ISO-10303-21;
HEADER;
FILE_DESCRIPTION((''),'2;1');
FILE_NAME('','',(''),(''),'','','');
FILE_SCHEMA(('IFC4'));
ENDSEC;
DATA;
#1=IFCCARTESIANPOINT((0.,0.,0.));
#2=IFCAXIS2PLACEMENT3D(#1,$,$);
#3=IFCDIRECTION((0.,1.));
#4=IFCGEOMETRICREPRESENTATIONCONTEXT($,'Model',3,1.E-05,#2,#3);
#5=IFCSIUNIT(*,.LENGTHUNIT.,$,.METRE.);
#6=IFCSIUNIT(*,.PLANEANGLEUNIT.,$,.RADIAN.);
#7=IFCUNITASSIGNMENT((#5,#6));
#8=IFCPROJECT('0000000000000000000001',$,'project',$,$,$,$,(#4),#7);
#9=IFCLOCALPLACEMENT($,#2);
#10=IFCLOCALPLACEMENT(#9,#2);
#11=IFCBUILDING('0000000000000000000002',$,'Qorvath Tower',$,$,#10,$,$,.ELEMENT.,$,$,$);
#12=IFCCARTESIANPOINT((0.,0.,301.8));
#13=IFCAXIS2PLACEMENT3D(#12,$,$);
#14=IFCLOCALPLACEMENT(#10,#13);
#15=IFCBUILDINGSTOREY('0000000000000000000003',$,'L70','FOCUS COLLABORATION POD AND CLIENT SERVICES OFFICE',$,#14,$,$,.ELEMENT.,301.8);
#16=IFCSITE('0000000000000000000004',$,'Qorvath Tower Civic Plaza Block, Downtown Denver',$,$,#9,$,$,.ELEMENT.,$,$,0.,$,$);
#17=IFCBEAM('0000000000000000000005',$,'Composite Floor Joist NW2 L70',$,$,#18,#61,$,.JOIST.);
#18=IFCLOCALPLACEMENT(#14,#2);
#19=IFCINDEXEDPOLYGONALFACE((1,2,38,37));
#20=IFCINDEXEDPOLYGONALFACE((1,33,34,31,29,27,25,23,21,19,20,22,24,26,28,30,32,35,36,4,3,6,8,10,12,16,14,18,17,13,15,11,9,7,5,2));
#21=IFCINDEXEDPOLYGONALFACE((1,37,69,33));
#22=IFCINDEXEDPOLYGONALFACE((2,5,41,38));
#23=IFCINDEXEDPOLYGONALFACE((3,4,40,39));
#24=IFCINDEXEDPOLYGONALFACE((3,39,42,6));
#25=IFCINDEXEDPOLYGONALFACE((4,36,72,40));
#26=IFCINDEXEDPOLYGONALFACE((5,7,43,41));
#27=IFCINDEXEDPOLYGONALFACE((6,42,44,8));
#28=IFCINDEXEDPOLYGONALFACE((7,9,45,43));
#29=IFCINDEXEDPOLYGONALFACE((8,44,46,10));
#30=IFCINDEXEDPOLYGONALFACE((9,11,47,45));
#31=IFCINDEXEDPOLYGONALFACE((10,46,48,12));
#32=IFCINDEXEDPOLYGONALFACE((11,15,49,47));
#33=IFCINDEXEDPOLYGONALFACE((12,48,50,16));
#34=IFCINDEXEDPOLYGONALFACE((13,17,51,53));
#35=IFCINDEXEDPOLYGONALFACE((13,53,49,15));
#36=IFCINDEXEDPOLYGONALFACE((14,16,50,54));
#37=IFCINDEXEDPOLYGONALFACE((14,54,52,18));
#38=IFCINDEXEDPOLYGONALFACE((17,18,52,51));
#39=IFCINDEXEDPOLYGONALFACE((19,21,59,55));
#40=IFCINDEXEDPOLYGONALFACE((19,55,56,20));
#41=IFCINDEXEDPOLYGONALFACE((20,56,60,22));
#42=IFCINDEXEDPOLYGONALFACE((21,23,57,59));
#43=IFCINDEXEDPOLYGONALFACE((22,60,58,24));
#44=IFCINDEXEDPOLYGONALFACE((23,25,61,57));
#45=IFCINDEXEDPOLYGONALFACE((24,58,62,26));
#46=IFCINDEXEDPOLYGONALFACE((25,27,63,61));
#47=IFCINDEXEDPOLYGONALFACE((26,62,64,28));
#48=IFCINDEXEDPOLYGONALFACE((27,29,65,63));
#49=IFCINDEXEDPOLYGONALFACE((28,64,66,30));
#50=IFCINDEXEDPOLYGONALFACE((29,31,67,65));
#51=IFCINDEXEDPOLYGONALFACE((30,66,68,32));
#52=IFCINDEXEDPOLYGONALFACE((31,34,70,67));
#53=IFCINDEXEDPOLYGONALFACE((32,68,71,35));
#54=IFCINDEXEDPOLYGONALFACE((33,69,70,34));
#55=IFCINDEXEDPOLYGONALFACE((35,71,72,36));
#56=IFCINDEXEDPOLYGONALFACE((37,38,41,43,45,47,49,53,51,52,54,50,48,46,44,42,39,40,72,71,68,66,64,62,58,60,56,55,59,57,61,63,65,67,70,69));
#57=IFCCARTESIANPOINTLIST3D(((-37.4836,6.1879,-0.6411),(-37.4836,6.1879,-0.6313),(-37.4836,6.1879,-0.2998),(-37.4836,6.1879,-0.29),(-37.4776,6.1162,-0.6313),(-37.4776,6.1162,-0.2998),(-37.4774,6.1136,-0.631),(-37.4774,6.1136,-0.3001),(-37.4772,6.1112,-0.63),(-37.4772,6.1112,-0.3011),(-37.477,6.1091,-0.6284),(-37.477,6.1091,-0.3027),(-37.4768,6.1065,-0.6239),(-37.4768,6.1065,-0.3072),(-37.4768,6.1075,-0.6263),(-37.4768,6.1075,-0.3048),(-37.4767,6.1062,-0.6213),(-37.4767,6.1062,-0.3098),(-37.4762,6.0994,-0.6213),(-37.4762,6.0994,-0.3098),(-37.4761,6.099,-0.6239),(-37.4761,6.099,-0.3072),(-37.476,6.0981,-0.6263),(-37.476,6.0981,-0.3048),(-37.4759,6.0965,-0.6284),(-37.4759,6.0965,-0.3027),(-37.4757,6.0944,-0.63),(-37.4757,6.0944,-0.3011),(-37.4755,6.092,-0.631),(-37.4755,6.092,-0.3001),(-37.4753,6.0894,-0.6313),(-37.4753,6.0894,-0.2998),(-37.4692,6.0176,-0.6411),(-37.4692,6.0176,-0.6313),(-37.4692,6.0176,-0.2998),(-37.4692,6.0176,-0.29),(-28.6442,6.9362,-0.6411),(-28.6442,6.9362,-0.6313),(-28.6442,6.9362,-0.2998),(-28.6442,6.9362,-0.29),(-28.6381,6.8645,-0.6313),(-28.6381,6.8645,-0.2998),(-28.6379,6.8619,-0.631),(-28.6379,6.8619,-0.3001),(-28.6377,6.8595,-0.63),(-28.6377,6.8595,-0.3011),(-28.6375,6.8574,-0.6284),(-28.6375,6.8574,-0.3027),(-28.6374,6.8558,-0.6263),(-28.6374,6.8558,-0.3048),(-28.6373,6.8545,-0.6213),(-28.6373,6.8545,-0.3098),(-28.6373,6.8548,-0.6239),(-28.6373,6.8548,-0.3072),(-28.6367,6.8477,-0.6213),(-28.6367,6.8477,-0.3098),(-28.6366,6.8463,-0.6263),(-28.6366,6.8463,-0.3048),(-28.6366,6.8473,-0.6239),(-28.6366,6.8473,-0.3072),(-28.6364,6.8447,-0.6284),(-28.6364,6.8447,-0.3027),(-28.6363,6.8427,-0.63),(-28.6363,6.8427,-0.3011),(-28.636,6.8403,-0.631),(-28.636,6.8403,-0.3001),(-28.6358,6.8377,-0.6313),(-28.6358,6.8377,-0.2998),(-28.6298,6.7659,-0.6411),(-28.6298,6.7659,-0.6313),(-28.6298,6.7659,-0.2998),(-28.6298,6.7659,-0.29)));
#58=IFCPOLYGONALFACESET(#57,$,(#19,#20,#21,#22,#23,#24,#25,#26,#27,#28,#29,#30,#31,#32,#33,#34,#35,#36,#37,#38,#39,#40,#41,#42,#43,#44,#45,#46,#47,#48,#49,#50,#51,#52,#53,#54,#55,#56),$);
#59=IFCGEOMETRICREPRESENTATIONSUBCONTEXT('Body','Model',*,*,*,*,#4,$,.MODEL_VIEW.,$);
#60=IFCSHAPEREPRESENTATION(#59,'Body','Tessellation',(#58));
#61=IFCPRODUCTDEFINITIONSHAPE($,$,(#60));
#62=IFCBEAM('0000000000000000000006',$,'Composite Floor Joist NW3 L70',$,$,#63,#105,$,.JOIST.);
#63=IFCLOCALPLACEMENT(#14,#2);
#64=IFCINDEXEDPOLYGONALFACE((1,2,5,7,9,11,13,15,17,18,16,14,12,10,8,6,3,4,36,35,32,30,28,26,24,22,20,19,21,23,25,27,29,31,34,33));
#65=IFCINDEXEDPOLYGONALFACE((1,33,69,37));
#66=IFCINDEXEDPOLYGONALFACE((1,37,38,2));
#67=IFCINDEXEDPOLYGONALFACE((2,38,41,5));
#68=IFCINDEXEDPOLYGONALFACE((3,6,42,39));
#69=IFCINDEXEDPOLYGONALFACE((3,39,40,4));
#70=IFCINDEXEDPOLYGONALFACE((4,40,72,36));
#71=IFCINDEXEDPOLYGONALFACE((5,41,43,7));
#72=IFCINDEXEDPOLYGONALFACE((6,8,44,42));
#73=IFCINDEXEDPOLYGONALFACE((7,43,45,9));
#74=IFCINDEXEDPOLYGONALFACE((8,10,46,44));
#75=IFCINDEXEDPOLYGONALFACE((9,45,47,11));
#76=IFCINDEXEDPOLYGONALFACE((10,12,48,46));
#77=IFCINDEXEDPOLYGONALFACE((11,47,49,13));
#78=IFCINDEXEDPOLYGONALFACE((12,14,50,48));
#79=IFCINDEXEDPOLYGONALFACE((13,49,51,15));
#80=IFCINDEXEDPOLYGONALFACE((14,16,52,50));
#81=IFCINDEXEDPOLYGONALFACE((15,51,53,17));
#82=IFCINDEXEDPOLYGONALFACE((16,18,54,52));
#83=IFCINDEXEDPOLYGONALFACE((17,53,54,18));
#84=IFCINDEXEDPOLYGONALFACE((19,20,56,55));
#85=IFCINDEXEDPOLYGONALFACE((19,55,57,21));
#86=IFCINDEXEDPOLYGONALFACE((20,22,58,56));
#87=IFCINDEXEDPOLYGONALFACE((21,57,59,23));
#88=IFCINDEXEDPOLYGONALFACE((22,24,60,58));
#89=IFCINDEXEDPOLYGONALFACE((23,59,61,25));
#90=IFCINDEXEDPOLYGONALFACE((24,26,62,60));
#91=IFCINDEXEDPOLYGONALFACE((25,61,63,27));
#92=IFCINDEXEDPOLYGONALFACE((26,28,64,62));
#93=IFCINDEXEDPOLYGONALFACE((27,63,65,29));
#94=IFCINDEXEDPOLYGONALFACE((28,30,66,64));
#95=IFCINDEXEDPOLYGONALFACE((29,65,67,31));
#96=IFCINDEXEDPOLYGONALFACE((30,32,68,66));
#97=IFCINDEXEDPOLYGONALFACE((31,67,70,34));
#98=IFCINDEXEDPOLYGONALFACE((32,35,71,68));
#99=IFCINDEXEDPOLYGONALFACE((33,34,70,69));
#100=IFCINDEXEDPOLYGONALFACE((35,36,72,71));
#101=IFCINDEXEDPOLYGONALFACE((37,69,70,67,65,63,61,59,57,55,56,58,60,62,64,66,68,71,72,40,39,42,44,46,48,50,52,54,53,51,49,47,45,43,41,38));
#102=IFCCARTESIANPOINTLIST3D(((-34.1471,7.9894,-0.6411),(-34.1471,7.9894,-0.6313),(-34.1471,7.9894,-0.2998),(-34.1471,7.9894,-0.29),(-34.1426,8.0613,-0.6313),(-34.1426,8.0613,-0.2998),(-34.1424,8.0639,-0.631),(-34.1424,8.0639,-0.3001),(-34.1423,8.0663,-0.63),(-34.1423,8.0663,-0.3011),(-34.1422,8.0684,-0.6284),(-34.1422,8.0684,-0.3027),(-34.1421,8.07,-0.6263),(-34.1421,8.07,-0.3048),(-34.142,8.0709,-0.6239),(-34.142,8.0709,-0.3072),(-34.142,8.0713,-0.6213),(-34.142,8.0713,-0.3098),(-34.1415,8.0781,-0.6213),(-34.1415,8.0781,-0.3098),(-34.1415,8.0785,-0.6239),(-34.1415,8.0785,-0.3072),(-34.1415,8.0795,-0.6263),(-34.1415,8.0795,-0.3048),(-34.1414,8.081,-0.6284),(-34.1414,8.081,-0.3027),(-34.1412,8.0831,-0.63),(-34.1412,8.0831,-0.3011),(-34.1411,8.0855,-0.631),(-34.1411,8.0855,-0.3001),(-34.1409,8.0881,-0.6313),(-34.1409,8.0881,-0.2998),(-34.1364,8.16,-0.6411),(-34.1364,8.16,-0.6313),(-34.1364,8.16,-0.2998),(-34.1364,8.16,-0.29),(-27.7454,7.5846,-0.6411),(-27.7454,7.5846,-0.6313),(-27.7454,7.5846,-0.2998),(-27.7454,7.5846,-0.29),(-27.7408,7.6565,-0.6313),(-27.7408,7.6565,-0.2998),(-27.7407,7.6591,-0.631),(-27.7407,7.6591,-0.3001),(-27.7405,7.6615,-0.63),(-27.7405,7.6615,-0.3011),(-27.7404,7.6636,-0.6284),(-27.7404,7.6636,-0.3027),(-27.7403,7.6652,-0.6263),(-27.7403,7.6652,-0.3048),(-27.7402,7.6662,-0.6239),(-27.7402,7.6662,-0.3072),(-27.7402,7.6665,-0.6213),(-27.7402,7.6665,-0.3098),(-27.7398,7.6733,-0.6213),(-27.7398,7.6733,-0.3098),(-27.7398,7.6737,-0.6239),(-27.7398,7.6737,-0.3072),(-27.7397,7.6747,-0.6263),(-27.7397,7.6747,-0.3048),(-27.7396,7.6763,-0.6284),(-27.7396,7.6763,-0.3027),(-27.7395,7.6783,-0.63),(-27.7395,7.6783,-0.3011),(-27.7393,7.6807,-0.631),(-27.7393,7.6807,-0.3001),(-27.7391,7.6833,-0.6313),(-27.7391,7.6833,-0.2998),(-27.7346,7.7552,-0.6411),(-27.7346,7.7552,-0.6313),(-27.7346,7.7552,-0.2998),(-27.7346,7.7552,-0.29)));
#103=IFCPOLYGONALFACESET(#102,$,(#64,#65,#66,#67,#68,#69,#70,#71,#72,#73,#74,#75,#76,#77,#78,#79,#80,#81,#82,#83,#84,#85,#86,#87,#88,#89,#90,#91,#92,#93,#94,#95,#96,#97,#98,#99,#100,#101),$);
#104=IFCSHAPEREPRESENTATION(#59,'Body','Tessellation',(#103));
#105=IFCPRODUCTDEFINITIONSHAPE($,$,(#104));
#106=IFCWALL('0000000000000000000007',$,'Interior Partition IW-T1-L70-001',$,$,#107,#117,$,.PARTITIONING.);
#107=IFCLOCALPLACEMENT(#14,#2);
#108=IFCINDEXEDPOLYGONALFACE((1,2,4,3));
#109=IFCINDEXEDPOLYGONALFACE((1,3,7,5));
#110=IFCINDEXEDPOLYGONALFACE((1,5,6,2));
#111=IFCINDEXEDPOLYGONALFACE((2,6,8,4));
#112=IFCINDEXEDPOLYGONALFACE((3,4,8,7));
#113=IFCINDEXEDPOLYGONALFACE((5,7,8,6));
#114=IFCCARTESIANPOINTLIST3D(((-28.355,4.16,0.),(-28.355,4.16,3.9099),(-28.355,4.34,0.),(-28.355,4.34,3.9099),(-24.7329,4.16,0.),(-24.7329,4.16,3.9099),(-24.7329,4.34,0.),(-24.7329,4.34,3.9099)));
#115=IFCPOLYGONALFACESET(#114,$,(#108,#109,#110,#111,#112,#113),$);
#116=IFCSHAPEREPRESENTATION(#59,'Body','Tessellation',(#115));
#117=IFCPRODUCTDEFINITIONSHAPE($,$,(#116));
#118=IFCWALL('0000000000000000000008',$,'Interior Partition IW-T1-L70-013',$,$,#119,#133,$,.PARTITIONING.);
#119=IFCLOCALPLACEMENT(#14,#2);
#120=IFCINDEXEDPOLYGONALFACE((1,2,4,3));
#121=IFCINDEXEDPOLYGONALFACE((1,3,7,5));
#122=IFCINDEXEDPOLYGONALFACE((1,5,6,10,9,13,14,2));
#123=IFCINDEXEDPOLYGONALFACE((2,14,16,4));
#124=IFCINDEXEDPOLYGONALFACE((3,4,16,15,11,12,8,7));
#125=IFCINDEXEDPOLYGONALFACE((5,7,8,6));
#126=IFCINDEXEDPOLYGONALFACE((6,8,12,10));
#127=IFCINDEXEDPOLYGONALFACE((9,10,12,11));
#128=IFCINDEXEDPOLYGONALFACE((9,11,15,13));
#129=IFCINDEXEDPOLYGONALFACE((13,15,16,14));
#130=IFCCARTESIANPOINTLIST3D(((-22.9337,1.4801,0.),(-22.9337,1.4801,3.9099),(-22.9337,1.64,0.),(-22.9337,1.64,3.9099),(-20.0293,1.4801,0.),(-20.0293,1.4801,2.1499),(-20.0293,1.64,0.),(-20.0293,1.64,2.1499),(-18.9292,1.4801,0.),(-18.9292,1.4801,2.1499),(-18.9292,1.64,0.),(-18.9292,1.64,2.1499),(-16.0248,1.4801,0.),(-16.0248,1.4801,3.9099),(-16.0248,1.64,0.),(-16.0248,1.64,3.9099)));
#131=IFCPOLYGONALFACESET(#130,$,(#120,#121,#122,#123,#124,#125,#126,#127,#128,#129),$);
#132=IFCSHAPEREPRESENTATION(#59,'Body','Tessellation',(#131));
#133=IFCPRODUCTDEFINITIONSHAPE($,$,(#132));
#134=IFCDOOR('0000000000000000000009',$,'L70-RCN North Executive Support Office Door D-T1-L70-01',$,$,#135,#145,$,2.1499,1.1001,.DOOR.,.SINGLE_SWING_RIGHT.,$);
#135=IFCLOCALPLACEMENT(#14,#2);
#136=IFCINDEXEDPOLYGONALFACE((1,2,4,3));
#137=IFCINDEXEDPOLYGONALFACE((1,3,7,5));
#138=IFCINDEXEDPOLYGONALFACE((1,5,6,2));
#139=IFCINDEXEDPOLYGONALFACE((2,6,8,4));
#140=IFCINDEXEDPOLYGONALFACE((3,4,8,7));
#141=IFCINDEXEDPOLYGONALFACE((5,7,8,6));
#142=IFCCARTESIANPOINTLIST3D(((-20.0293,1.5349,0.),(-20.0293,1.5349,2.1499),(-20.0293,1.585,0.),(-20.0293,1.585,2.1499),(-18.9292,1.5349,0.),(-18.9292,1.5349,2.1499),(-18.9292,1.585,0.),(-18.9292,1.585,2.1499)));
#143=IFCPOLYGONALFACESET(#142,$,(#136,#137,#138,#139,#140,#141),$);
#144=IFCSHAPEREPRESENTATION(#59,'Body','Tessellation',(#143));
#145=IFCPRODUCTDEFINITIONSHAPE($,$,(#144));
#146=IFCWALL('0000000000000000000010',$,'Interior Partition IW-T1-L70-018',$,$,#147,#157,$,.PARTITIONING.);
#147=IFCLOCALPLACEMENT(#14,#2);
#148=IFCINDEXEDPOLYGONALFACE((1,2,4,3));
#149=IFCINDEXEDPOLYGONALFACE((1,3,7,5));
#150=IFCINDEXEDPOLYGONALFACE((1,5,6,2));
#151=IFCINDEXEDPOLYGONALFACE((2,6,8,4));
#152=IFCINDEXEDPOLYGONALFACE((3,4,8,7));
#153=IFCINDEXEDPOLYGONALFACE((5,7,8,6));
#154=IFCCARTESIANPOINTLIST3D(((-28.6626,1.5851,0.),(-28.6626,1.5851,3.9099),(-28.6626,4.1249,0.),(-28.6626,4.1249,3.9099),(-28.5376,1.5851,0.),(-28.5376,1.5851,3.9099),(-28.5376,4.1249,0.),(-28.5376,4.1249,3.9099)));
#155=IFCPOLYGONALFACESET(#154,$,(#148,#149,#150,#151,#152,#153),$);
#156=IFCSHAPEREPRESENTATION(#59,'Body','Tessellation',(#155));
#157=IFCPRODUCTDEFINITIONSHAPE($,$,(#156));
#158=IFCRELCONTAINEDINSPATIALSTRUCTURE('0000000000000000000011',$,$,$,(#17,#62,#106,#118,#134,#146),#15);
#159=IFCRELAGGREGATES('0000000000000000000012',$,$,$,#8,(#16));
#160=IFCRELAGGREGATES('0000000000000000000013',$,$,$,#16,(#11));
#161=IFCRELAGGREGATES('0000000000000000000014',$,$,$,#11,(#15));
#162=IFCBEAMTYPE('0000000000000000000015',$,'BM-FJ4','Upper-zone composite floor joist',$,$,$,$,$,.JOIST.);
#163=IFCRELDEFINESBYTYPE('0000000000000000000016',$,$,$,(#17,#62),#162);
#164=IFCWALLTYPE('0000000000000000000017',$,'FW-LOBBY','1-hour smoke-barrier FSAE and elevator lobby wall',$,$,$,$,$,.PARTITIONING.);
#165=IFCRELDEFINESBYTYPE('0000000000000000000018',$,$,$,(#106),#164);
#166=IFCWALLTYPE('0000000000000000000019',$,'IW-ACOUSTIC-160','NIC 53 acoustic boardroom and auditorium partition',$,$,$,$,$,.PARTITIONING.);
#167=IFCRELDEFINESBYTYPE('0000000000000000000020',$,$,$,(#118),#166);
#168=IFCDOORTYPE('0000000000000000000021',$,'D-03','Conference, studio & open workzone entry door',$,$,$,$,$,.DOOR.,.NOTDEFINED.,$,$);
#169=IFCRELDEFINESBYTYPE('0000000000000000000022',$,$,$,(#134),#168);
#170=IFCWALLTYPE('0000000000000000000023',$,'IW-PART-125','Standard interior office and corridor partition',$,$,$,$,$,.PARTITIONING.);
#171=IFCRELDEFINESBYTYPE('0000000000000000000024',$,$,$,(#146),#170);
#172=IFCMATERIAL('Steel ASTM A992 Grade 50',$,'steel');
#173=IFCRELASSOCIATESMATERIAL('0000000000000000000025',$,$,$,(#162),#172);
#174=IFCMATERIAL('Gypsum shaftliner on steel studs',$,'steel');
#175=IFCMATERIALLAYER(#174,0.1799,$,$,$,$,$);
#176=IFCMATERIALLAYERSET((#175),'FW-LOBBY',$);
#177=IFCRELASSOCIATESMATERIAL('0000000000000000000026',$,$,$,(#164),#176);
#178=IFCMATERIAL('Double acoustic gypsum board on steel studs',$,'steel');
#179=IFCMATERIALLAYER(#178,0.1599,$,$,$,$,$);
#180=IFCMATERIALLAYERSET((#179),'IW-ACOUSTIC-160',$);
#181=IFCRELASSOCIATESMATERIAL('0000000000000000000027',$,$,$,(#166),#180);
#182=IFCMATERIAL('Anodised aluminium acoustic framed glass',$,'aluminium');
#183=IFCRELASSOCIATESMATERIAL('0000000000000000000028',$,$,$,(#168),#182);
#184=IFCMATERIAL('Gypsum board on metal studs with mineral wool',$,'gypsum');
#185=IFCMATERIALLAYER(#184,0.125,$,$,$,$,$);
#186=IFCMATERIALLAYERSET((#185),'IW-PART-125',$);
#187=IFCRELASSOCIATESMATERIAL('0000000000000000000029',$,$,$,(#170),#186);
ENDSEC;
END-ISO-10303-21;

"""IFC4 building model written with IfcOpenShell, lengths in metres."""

from ifc_helpers import new_model, si_unit, direction, frame, frame_2d, origin, origin_2d, place, context, subcontext, project, spatial, rectangle, i_section, extrude, material, layer, layer_set, material_profile, profile_set, type_object, element, fill, save


model = new_model("IFC4")

# Units and contexts
model_context = context("Model", 3, precision=1e-05, world=origin(), true_north=direction((0.0, 1.0)))
body_context = subcontext(model_context, "Body", "Model", "MODEL_VIEW")
ifc_project = project(units=[si_unit("LENGTHUNIT", "METRE"), si_unit("PLANEANGLEUNIT", "RADIAN")], contexts=[model_context])

# Site, building, storey
site_placement = place(None, origin())
site = spatial("IfcSite", under=ifc_project, at=site_placement, Name="Qorvath Tower Civic Plaza Block, Downtown Denver", CompositionType="ELEMENT", RefElevation=0.0)
building_placement = place(site_placement, origin())
building = spatial("IfcBuilding", under=site, at=building_placement, Name="Qorvath Tower", CompositionType="ELEMENT")
storey_placement = place(building_placement, frame((0.0, 0.0, 301.8)))
storey = spatial("IfcBuildingStorey", under=building, at=storey_placement, Name="L70", Description="FOCUS COLLABORATION POD AND CLIENT SERVICES OFFICE", CompositionType="ELEMENT", Elevation=301.8)

# Beams
ifc_material_1 = material(Name="Steel ASTM A992 Grade 50", Category="steel")
ifc_material_profile = material_profile(ifc_material_1, i_section(OverallWidth=0.1709, OverallDepth=0.3511, WebThickness=0.0068, FlangeThickness=0.0098, FilletRadius=0.01, at=origin_2d()), Name="W14x30")
ifc_profile_set = profile_set([ifc_material_profile], Name="Steel ASTM A992 Grade 50")
beam_type = type_object("IfcBeamType", Name="BM-FJ4", Description="Upper-zone composite floor joist", PredefinedType="JOIST", material=ifc_profile_set)
beam_1_placement = place(storey_placement, frame((-28.637, 6.8511, -0.4656), z_axis=(-0.996436, -0.08435, 0.0), x_axis=(0.08435, -0.996436, 0.0)))
element("IfcBeam", 1, at=beam_1_placement, inside=storey, type_object=beam_type, Name="Composite Floor Joist NW2 L70", PredefinedType="JOIST", context=body_context, shape_type="SweptSolid", body=[
    extrude(i_section(OverallWidth=0.1709, OverallDepth=0.3511, WebThickness=0.0068, FlangeThickness=0.0098, FilletRadius=0.01, at=origin_2d()), origin(), (0.0, 0.0, 1.0), 8.8711),
])
beam_2_placement = place(storey_placement, frame((-27.74, 7.6699, -0.4656), z_axis=(-0.998007, 0.063103, 0.0), x_axis=(-0.063103, -0.998007, 0.0)))
element("IfcBeam", 2, at=beam_2_placement, inside=storey, type_object=beam_type, Name="Composite Floor Joist NW3 L70", PredefinedType="JOIST", context=body_context, shape_type="SweptSolid", body=[
    extrude(i_section(OverallWidth=0.1709, OverallDepth=0.3511, WebThickness=0.0068, FlangeThickness=0.0098, FilletRadius=0.01, at=origin_2d()), origin(), (0.0, 0.0, 1.0), 6.4146),
])

# Wall
ifc_material_2 = material(Name="Gypsum shaftliner on steel studs", Category="steel")
ifc_layer_1 = layer(ifc_material_2, 0.1799)
ifc_layer_set_1 = layer_set([ifc_layer_1], Name="FW-LOBBY")
wall_type_1 = type_object("IfcWallType", Name="FW-LOBBY", Description="1-hour smoke-barrier FSAE and elevator lobby wall", PredefinedType="PARTITIONING", material=ifc_layer_set_1)
wall_1_placement = place(storey_placement, frame((-28.355, 4.25, 0.0), z_axis=(0.0, 0.0, 1.0), x_axis=(1.0, 0.0, 0.0)))
element("IfcWall", 3, at=wall_1_placement, inside=storey, type_object=wall_type_1, Name="Interior Partition IW-T1-L70-001", PredefinedType="PARTITIONING", context=body_context, shape_type="SweptSolid", body=[
    extrude(rectangle(XDim=3.6221, YDim=0.1799, at=frame_2d((1.811, 0.0))), origin(), (0.0, 0.0, 1.0), 3.9099),
])

# Wall, opening, door
ifc_material_3 = material(Name="Double acoustic gypsum board on steel studs", Category="steel")
ifc_layer_2 = layer(ifc_material_3, 0.1599)
ifc_layer_set_2 = layer_set([ifc_layer_2], Name="IW-ACOUSTIC-160")
wall_type_2 = type_object("IfcWallType", Name="IW-ACOUSTIC-160", Description="NIC 53 acoustic boardroom and auditorium partition", PredefinedType="PARTITIONING", material=ifc_layer_set_2)
wall_2_placement = place(storey_placement, frame((-22.9338, 1.5601, 0.0), z_axis=(0.0, 0.0, 1.0), x_axis=(1.0, 0.0, 0.0)))
wall_2 = element("IfcWall", 4, at=wall_2_placement, inside=storey, type_object=wall_type_2, Name="Interior Partition IW-T1-L70-013", PredefinedType="PARTITIONING", context=body_context, shape_type="SweptSolid", body=[
    extrude(rectangle(XDim=6.9089, YDim=0.1599, at=frame_2d((3.4546, 0.0))), origin(), (0.0, 0.0, 1.0), 3.9099),
])
opening_1_placement = place(wall_2_placement, frame((2.9045, 0.0, 0.0)))
opening_1 = element("IfcOpeningElement", 5, at=opening_1_placement, cuts=wall_2, PredefinedType="OPENING", context=body_context, shape_type="SweptSolid", body=[
    extrude(rectangle(XDim=1.1001, YDim=2.1499, at=frame_2d((0.55, 1.075))), frame((0.0, 0.0898, 0.0), z_axis=(0.0, -1.0, 0.0), x_axis=(1.0, 0.0, 0.0)), (0.0, 0.0, 1.0), 0.1799),
])
ifc_material_4 = material(Name="Anodised aluminium acoustic framed glass", Category="aluminium")
door_type_1 = type_object("IfcDoorType", Name="D-03", Description="Conference, studio & open workzone entry door", OperationType="NOTDEFINED", PredefinedType="DOOR", material=ifc_material_4)
door_1_placement = place(opening_1_placement, origin())
door_1 = element("IfcDoor", 6, at=door_1_placement, inside=storey, type_object=door_type_1, Name="L70-RCN North Executive Support Office Door D-T1-L70-01", OperationType="SINGLE_SWING_RIGHT", OverallHeight=2.1499, OverallWidth=1.1001, PredefinedType="DOOR", context=body_context, shape_type="SweptSolid", body=[
    extrude(rectangle(XDim=1.1001, YDim=2.1499, at=frame_2d((0.55, 1.075))), frame((0.0, 0.0249, 0.0), z_axis=(0.0, -1.0, 0.0), x_axis=(1.0, 0.0, 0.0)), (0.0, 0.0, 1.0), 0.05),
])
fill(opening_1, door_1)

# Wall
ifc_material_5 = material(Name="Gypsum board on metal studs with mineral wool", Category="gypsum")
ifc_layer_3 = layer(ifc_material_5, 0.125)
ifc_layer_set_3 = layer_set([ifc_layer_3], Name="IW-PART-125")
wall_type_3 = type_object("IfcWallType", Name="IW-PART-125", Description="Standard interior office and corridor partition", PredefinedType="PARTITIONING", material=ifc_layer_set_3)
wall_3_placement = place(storey_placement, frame((-28.6001, 4.125, 0.0), z_axis=(0.0, 0.0, 1.0), x_axis=(0.0, -1.0, 0.0)))
element("IfcWall", 7, at=wall_3_placement, inside=storey, type_object=wall_type_3, Name="Interior Partition IW-T1-L70-018", PredefinedType="PARTITIONING", context=body_context, shape_type="SweptSolid", body=[
    extrude(rectangle(XDim=2.5398, YDim=0.125, at=frame_2d((1.27, 0.0))), origin(), (0.0, 0.0, 1.0), 3.9099),
])

save(model, "model.ifc")
